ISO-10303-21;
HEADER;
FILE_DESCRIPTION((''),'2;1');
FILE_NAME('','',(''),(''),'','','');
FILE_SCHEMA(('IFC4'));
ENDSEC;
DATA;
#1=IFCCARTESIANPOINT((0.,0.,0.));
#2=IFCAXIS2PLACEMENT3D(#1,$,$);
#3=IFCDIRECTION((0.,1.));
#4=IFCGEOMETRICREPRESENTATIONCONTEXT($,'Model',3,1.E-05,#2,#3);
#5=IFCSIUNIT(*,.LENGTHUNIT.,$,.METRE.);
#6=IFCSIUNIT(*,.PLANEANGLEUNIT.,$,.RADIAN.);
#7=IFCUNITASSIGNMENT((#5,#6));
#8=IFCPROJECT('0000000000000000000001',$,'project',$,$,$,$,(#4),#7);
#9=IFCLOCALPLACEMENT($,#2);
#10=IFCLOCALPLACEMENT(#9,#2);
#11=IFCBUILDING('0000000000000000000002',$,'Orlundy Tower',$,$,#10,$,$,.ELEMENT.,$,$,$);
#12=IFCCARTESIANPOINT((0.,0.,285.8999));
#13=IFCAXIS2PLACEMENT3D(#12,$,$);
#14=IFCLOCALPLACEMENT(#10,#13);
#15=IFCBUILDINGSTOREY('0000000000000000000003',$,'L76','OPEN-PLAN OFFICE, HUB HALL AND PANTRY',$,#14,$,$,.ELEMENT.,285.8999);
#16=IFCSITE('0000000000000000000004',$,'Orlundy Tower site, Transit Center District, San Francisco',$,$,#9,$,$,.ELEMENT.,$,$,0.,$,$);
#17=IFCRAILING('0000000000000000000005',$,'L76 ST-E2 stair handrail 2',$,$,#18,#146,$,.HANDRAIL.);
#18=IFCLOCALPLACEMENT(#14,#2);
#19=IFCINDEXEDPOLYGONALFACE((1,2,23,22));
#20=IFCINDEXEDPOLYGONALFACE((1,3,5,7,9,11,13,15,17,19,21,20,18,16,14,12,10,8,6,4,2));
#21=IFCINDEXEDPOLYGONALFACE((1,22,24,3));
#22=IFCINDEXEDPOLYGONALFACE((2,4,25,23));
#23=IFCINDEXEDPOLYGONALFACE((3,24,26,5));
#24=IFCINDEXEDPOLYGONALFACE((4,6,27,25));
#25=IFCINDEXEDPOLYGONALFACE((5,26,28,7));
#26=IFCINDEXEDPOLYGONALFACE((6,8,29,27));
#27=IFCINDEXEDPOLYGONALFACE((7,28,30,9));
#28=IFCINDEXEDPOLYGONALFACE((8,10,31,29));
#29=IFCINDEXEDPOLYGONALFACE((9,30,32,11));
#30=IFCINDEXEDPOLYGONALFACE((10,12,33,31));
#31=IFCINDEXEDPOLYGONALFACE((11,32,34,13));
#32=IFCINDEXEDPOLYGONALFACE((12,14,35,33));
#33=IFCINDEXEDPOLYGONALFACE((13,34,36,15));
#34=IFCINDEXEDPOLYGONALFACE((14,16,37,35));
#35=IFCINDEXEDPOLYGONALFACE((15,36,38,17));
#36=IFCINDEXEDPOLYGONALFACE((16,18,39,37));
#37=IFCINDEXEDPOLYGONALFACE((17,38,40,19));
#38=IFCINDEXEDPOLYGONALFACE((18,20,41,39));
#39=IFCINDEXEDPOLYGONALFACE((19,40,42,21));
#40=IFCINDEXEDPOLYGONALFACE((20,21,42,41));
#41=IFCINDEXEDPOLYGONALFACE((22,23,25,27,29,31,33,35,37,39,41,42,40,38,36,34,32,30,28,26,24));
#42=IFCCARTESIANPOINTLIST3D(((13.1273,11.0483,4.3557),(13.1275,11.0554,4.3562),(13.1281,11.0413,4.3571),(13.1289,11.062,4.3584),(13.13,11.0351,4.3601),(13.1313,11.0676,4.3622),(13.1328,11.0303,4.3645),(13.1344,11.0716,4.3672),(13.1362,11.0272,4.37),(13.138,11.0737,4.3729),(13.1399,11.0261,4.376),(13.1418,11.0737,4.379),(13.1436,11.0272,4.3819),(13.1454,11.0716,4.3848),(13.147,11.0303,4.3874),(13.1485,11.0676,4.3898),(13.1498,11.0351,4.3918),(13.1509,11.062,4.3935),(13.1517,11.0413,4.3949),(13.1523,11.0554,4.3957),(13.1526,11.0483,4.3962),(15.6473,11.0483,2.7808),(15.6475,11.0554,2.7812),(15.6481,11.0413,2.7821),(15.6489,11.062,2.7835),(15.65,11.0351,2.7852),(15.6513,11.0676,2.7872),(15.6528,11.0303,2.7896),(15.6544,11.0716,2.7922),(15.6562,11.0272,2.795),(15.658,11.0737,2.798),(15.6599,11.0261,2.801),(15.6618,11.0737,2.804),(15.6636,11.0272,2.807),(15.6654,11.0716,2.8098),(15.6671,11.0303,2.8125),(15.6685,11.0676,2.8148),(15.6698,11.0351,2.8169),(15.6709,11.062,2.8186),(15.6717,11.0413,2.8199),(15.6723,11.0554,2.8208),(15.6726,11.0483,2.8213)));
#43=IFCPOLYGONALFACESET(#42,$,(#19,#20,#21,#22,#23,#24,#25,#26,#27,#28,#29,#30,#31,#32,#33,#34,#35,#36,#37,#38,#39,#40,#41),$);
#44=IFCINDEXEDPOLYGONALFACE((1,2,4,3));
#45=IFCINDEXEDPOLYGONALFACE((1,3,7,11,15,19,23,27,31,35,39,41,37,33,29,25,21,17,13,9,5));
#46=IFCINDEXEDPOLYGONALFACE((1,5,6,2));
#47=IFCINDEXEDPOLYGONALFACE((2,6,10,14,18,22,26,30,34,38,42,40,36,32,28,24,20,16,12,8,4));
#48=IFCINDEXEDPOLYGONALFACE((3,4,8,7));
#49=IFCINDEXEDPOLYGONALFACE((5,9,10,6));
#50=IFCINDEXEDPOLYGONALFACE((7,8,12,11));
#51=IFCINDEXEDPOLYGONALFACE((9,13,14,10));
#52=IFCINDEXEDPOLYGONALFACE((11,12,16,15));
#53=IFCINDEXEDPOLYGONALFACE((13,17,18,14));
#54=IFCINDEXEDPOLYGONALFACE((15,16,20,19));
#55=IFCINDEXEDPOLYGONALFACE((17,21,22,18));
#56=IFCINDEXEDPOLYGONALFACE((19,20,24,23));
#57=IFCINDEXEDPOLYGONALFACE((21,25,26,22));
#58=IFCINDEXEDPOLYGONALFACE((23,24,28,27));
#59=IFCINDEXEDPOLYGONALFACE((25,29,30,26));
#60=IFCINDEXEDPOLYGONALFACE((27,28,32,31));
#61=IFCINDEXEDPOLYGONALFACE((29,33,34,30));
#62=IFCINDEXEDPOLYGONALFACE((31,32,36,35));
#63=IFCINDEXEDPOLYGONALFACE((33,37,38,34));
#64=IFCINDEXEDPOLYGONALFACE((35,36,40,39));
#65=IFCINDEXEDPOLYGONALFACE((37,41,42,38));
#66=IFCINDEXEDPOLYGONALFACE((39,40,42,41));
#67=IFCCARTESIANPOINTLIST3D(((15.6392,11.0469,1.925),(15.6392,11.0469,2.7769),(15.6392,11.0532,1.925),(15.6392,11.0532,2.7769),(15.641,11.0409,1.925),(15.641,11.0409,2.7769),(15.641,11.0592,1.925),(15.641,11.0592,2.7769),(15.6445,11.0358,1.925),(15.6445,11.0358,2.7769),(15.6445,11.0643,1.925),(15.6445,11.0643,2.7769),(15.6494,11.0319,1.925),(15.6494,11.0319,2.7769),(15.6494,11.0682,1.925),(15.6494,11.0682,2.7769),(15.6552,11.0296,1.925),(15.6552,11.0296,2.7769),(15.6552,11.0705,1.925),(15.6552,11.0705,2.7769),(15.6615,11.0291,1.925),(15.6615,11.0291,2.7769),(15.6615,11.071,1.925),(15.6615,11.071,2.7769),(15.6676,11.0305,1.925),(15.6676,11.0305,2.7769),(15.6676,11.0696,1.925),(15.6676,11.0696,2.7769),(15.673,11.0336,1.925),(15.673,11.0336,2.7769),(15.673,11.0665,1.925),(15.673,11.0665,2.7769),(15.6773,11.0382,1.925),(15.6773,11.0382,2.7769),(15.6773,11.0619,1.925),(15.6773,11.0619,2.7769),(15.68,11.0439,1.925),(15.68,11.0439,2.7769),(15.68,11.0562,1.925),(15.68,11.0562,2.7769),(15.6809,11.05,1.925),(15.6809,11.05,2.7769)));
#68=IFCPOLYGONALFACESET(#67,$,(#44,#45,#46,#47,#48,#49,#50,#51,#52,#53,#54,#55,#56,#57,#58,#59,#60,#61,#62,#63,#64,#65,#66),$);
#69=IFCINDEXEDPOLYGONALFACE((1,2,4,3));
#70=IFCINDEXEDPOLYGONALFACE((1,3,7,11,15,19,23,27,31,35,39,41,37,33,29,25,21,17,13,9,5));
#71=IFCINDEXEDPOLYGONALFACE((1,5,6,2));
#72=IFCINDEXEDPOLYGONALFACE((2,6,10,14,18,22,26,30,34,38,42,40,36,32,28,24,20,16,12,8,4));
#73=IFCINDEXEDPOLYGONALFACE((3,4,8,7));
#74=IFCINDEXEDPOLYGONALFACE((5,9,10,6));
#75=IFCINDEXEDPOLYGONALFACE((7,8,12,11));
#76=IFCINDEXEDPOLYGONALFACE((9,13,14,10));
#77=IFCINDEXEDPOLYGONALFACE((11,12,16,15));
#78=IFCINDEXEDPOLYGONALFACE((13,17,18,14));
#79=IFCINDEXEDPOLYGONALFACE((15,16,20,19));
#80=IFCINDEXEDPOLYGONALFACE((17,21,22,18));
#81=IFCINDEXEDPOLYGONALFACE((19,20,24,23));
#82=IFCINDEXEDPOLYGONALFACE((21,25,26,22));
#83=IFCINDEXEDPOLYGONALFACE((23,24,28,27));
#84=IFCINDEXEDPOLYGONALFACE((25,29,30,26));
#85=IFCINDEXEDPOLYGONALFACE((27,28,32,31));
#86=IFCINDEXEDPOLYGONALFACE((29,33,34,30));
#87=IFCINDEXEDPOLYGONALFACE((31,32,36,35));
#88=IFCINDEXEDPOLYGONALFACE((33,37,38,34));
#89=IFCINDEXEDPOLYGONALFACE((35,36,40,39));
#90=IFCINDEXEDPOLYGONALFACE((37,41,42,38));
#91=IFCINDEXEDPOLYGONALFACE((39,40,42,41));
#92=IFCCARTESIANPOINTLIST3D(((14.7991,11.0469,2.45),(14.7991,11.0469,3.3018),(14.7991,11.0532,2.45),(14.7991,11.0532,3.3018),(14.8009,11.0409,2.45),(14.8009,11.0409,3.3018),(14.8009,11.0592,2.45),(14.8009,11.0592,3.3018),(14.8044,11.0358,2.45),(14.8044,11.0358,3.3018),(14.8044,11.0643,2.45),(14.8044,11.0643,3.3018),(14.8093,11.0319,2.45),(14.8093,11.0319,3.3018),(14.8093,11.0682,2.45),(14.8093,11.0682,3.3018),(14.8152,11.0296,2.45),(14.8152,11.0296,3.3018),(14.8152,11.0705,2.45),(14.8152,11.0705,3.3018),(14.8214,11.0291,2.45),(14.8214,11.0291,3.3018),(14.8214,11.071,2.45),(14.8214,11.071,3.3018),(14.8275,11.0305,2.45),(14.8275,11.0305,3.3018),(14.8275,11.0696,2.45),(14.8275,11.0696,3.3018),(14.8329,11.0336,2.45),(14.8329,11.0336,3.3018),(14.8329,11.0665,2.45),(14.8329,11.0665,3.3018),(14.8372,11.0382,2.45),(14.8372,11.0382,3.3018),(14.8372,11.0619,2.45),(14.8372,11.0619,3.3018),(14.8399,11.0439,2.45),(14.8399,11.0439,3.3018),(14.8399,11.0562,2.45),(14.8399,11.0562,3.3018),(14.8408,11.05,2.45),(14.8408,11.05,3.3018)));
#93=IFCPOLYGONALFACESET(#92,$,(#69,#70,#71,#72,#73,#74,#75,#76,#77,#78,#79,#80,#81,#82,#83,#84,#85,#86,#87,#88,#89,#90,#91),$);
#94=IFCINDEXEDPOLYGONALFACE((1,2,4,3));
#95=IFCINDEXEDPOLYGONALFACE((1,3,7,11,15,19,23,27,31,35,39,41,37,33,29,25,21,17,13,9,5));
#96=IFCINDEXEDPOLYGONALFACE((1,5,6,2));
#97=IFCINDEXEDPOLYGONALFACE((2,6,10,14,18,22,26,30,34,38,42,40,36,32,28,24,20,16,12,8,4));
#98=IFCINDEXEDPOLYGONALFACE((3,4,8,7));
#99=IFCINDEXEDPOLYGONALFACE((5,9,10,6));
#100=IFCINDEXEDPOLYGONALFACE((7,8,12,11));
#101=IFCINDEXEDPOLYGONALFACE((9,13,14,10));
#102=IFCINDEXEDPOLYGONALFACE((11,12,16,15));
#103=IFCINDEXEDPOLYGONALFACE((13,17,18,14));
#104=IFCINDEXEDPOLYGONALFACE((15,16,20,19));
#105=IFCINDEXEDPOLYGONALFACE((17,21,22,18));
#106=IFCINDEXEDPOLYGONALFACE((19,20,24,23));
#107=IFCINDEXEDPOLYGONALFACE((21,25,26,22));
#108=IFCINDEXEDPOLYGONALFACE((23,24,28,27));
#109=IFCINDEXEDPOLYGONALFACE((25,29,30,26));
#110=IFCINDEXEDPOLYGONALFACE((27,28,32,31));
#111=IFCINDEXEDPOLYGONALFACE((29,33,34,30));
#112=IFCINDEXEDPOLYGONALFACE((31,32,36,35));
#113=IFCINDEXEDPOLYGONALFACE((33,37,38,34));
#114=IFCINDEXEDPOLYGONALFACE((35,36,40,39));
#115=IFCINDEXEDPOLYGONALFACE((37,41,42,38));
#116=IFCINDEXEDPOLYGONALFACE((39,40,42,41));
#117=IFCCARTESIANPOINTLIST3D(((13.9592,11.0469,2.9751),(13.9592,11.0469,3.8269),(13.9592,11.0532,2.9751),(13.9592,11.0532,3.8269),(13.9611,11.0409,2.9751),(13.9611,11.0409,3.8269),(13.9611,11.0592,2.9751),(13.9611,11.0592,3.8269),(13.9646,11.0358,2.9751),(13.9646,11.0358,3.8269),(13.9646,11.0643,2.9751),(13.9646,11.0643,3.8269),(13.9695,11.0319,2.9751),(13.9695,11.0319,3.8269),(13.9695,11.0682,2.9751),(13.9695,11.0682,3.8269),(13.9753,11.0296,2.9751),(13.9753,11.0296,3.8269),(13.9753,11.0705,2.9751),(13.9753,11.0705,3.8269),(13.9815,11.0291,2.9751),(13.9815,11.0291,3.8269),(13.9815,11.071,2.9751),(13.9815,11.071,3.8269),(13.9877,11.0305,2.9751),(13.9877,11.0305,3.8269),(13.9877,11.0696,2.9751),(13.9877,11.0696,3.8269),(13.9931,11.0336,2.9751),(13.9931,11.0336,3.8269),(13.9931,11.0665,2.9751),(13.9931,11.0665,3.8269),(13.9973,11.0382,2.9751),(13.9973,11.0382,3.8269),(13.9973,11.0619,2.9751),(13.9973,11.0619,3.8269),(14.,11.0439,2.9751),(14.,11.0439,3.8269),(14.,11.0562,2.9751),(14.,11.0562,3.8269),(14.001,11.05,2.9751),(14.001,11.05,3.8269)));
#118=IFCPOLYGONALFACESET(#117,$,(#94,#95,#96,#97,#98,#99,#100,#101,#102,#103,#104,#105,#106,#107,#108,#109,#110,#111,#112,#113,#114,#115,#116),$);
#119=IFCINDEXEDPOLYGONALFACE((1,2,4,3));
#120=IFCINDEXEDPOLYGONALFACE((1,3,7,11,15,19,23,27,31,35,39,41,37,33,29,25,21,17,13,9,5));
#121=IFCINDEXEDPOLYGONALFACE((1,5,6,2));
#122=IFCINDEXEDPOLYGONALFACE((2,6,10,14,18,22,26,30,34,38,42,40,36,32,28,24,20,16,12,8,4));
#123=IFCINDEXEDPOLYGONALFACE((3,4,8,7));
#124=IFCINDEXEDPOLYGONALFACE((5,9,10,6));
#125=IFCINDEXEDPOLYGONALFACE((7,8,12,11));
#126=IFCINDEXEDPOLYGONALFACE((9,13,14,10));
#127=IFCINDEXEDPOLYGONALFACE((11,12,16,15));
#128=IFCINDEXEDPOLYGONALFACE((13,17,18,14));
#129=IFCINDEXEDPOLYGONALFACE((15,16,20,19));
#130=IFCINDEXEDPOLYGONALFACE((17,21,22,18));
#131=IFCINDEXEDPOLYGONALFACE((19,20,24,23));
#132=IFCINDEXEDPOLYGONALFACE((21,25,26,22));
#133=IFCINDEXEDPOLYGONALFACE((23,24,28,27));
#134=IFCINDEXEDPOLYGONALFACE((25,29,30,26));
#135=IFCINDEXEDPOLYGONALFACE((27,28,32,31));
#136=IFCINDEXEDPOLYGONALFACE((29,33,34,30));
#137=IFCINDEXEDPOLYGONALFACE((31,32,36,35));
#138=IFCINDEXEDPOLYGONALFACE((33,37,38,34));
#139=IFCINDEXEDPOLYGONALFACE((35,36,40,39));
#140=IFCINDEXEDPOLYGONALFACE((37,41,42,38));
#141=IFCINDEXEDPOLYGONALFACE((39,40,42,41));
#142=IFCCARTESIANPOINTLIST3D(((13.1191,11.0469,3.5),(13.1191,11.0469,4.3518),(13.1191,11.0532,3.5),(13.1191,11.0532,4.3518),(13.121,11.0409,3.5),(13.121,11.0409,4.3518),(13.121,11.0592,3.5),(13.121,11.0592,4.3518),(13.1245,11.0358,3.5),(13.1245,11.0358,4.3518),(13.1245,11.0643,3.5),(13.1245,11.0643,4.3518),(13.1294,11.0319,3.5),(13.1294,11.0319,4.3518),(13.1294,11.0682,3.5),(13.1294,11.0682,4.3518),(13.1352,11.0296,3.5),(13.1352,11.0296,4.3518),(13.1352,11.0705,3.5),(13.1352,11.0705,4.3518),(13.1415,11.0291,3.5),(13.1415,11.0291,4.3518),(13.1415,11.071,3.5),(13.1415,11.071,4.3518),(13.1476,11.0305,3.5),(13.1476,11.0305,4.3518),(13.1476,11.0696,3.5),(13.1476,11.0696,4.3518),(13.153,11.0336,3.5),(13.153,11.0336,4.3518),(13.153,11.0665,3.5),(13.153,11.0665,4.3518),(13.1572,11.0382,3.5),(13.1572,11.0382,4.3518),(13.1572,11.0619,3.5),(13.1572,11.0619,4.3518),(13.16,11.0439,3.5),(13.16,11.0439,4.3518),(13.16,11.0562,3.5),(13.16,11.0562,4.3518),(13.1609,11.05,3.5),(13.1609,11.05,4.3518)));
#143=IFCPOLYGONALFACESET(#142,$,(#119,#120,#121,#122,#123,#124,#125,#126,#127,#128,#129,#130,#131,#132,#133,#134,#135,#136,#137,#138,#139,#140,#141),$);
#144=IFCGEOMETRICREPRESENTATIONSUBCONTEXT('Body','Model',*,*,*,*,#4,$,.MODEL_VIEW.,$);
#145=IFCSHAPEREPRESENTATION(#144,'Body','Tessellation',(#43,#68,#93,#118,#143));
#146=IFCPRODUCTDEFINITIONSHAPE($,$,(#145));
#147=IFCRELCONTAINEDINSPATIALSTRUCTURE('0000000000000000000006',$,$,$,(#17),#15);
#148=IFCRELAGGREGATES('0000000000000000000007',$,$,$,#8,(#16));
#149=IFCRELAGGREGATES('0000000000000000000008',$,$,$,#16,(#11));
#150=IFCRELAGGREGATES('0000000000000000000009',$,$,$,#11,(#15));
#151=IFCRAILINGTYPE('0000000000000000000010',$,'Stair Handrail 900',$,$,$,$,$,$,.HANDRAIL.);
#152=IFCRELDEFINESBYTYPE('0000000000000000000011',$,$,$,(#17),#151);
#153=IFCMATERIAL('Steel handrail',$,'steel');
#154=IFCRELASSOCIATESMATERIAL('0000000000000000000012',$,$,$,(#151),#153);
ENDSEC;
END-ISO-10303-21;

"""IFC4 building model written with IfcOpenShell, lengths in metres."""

from ifc_helpers import new_model, si_unit, direction, frame, origin, origin_2d, place, context, subcontext, project, spatial, circle, extrude, material, type_object, element, save


model = new_model("IFC4")

# Units and contexts
model_context = context("Model", 3, precision=1e-05, world=origin(), true_north=direction((0.0, 1.0)))
body_context = subcontext(model_context, "Body", "Model", "MODEL_VIEW")
ifc_project = project(units=[si_unit("LENGTHUNIT", "METRE"), si_unit("PLANEANGLEUNIT", "RADIAN")], contexts=[model_context])

# Site, building, storey
site_placement = place(None, origin())
site = spatial("IfcSite", under=ifc_project, at=site_placement, Name="Orlundy Tower site, Transit Center District, San Francisco", CompositionType="ELEMENT", RefElevation=0.0)
building_placement = place(site_placement, origin())
building = spatial("IfcBuilding", under=site, at=building_placement, Name="Orlundy Tower", CompositionType="ELEMENT")
storey_placement = place(building_placement, frame((0.0, 0.0, 285.8999)))
storey = spatial("IfcBuildingStorey", under=building, at=storey_placement, Name="L76", Description="OPEN-PLAN OFFICE, HUB HALL AND PANTRY", CompositionType="ELEMENT", Elevation=285.8999)

# Railing
ifc_material_1 = material(Name="Steel handrail", Category="steel")
railing_type_1 = type_object("IfcRailingType", Name="Stair Handrail 900", PredefinedType="HANDRAIL", material=ifc_material_1)
railing_1_placement = place(storey_placement, frame((15.6599, 11.05, 1.925)))
element("IfcRailing", 1, at=railing_1_placement, inside=storey, type_object=railing_type_1, Name="L76 ST-E2 stair handrail 2", PredefinedType="HANDRAIL", context=body_context, shape_type="SweptSolid", body=[
    extrude(circle(Radius=0.0239, at=origin_2d()), frame((0.0, 0.0, 0.876), z_axis=(-0.848008, 0.0, 0.529984), x_axis=(0.0, -1.0, 0.0)), (0.0, 0.0, 1.0), 2.9717),
    extrude(circle(Radius=0.021, at=origin_2d()), origin(), (0.0, 0.0, 1.0), 0.8518),
    extrude(circle(Radius=0.021, at=origin_2d()), frame((-0.8401, 0.0, 0.5249)), (0.0, 0.0, 1.0), 0.8518),
    extrude(circle(Radius=0.021, at=origin_2d()), frame((-1.6799, 0.0, 1.05)), (0.0, 0.0, 1.0), 0.8518),
    extrude(circle(Radius=0.021, at=origin_2d()), frame((-2.52, 0.0, 1.575)), (0.0, 0.0, 1.0), 0.8518),
])

save(model, "model.ifc")
